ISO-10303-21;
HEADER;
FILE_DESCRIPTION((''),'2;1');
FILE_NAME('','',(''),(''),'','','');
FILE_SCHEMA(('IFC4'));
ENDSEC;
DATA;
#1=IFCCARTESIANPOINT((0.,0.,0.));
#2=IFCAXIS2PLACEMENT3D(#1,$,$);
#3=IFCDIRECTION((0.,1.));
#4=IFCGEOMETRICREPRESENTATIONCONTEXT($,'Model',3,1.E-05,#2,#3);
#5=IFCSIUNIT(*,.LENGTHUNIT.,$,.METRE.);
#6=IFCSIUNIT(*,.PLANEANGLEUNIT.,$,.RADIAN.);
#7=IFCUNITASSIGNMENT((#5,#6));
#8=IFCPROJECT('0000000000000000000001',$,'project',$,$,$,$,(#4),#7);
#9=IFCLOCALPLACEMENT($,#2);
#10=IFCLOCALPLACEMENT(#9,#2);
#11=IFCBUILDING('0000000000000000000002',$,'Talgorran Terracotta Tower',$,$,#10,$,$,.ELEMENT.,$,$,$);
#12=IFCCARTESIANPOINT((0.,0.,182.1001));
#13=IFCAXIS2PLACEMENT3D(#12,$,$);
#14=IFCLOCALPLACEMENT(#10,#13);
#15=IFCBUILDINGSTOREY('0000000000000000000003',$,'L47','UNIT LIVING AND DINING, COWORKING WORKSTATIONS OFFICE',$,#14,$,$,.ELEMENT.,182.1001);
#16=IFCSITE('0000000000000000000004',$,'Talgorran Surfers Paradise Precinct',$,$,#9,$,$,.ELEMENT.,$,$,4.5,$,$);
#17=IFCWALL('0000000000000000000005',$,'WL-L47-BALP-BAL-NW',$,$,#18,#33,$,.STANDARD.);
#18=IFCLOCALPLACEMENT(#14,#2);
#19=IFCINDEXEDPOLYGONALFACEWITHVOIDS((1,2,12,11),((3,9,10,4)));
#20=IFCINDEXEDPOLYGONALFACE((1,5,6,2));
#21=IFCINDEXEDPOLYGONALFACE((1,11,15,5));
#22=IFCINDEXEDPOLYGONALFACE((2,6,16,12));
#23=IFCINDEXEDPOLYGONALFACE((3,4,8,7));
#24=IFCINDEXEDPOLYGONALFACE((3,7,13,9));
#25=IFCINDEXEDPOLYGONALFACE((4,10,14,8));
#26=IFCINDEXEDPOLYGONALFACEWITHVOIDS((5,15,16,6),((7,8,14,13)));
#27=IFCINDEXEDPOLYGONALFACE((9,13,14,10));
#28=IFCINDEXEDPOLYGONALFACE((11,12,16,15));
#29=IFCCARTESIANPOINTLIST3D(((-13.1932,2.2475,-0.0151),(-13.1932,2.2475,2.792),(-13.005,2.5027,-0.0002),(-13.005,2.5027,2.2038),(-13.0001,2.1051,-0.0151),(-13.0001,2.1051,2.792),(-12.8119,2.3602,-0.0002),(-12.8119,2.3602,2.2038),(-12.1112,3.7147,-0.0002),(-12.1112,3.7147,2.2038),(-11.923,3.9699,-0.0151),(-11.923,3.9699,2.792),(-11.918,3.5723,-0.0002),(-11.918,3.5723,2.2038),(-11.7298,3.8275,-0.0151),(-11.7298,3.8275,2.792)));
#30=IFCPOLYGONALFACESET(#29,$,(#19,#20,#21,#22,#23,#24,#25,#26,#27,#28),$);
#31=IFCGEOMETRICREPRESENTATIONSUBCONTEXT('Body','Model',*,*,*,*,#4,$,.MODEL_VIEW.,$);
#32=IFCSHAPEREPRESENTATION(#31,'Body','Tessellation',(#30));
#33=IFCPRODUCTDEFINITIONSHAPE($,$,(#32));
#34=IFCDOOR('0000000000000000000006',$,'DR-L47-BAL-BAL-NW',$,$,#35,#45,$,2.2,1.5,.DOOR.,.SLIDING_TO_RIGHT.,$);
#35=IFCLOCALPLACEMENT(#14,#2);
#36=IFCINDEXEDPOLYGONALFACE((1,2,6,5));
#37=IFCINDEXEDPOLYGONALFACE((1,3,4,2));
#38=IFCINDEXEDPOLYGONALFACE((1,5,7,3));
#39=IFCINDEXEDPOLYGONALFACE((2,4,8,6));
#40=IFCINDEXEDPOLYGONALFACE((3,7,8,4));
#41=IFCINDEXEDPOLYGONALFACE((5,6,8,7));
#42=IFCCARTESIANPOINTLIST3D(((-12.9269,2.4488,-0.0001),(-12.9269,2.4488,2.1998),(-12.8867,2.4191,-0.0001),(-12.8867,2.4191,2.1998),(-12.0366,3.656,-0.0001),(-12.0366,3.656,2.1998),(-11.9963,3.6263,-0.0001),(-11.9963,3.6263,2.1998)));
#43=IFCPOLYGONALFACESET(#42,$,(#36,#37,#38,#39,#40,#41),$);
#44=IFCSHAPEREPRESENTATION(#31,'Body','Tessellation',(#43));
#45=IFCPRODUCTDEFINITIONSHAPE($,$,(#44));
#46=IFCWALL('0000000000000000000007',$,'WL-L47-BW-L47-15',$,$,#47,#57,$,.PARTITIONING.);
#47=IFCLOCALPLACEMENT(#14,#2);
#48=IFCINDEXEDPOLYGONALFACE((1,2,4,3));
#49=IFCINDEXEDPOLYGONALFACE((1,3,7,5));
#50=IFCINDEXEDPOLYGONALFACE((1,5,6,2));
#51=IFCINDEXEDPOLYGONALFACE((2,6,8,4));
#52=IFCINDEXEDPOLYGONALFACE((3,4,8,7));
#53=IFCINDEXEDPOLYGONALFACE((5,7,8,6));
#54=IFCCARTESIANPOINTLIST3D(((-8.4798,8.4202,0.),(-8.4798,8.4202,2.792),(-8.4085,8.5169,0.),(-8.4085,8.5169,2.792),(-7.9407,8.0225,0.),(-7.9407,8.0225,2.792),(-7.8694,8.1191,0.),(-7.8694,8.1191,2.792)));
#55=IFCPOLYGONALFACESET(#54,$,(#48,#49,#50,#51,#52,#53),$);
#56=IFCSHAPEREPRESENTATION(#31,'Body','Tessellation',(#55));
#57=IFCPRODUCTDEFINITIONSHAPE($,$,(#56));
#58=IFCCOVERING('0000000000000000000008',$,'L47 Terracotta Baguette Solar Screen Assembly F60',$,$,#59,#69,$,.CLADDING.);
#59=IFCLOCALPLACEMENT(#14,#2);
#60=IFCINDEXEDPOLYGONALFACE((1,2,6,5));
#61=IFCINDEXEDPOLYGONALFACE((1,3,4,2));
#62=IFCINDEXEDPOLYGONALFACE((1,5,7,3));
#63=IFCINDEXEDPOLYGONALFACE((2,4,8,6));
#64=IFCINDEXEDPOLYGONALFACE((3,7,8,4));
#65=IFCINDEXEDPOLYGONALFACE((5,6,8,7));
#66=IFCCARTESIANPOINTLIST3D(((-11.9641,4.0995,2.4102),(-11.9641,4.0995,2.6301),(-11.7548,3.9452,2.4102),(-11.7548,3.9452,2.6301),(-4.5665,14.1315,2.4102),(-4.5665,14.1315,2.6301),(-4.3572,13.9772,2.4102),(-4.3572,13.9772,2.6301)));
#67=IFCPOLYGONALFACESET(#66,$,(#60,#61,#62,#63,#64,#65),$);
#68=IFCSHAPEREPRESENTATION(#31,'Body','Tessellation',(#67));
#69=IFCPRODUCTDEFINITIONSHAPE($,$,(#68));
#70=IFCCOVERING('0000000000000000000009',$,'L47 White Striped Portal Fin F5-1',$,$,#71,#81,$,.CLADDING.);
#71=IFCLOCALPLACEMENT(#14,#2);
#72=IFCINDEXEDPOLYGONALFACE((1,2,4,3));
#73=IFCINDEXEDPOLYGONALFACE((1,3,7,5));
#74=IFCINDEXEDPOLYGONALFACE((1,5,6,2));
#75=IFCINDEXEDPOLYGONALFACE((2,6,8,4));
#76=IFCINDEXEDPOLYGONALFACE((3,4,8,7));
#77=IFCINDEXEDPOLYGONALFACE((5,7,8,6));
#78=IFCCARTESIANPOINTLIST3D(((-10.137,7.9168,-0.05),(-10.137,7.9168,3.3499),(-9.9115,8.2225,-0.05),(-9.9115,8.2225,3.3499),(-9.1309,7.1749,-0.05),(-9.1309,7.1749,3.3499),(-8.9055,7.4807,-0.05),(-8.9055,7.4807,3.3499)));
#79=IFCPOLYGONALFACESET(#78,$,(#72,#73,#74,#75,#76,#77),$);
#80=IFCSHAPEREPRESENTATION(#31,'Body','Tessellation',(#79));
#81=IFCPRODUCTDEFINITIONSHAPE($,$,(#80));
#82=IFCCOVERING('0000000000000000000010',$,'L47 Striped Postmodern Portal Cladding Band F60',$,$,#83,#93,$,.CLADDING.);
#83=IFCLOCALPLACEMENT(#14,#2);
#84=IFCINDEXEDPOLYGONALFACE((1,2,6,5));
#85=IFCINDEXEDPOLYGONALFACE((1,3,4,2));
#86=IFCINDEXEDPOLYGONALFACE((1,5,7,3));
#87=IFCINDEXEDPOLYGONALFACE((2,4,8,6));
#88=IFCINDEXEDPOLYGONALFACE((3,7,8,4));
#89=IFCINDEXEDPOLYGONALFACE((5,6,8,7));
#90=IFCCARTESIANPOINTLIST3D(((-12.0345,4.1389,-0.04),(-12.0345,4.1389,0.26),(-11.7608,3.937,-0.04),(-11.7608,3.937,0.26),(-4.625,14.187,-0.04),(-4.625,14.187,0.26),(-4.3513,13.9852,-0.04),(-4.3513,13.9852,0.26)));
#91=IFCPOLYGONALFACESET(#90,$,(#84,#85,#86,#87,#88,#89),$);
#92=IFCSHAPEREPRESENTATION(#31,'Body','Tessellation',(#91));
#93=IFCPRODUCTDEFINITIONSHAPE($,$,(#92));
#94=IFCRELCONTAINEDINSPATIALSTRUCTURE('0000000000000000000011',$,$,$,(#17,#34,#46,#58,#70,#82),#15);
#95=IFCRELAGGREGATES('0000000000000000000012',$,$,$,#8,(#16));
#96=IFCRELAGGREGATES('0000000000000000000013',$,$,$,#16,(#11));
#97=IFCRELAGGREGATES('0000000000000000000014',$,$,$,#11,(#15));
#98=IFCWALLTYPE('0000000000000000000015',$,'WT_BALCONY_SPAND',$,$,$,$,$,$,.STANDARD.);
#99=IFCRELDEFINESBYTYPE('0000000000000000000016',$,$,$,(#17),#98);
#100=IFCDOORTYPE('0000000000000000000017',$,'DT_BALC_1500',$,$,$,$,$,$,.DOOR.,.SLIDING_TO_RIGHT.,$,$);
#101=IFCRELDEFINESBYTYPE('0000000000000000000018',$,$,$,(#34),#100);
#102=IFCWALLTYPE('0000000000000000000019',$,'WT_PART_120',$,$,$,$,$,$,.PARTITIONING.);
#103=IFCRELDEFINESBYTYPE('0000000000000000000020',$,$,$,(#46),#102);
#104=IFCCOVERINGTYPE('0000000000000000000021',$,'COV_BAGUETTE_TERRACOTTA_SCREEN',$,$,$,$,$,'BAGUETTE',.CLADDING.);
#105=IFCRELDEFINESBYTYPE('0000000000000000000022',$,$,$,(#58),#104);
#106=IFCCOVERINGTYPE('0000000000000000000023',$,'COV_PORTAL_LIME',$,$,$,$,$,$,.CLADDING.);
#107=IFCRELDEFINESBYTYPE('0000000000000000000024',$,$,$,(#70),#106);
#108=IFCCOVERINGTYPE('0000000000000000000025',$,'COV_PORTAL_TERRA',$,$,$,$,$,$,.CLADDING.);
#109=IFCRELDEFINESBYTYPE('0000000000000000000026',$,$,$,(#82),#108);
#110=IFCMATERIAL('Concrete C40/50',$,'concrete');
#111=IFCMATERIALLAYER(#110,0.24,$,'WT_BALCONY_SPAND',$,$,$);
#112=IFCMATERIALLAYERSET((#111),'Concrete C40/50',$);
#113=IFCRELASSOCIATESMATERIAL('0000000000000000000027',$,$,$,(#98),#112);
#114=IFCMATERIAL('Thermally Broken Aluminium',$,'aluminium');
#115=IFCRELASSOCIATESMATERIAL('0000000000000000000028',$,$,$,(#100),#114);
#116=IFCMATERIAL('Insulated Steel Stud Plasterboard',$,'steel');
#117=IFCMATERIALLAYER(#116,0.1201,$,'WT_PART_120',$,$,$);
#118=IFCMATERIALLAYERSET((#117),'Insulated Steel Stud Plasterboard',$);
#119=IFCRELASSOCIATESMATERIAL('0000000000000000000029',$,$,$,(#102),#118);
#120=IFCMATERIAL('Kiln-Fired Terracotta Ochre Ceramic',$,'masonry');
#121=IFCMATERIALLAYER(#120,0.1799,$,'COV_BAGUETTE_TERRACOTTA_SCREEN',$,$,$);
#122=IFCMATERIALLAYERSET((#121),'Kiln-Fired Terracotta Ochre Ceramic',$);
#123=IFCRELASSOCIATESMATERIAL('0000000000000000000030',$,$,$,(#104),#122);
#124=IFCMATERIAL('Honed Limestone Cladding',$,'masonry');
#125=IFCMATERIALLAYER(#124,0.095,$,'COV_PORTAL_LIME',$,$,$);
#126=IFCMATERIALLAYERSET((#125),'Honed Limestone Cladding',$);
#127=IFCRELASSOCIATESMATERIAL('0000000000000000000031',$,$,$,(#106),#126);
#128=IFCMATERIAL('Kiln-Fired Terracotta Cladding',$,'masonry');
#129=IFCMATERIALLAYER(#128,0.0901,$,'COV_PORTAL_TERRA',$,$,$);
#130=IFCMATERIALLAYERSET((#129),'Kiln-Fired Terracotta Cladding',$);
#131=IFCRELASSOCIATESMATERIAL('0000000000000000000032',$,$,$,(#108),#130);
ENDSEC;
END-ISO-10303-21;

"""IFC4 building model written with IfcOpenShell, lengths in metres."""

from ifc_helpers import new_model, si_unit, direction, frame, frame_2d, origin, origin_2d, place, context, subcontext, project, spatial, rectangle, extrude, material, layer, layer_set, type_object, element, fill, save


model = new_model("IFC4")

# Units and contexts
model_context = context("Model", 3, precision=1e-05, world=origin(), true_north=direction((0.0, 1.0)))
body_context = subcontext(model_context, "Body", "Model", "MODEL_VIEW")
ifc_project = project(units=[si_unit("LENGTHUNIT", "METRE"), si_unit("PLANEANGLEUNIT", "RADIAN")], contexts=[model_context])

# Site, building, storey
site_placement = place(None, origin())
site = spatial("IfcSite", under=ifc_project, at=site_placement, Name="Talgorran Surfers Paradise Precinct", CompositionType="ELEMENT", RefElevation=4.5)
building_placement = place(site_placement, origin())
building = spatial("IfcBuilding", under=site, at=building_placement, Name="Talgorran Terracotta Tower", CompositionType="ELEMENT")
storey_placement = place(building_placement, frame((0.0, 0.0, 182.1001)))
storey = spatial("IfcBuildingStorey", under=building, at=storey_placement, Name="L47", Description="UNIT LIVING AND DINING, COWORKING WORKSTATIONS OFFICE", CompositionType="ELEMENT", Elevation=182.1001)

# Wall, opening, door
ifc_material_1 = material(Name="Concrete C40/50", Category="concrete")
ifc_layer_1 = layer(ifc_material_1, 0.24, Name="WT_BALCONY_SPAND")
ifc_layer_set_1 = layer_set([ifc_layer_1], Name="Concrete C40/50")
wall_type_1 = type_object("IfcWallType", Name="WT_BALCONY_SPAND", PredefinedType="STANDARD", material=ifc_layer_set_1)
wall_1_placement = place(storey_placement, frame((-11.8264, 3.8987, -0.0151), z_axis=(0.0, 0.0, 1.0), x_axis=(-0.593538, -0.804806, 0.0)))
wall_1 = element("IfcWall", 1, at=wall_1_placement, inside=storey, type_object=wall_type_1, Name="WL-L47-BALP-BAL-NW", PredefinedType="STANDARD", context=body_context, shape_type="SweptSolid", body=[
    extrude(rectangle(XDim=2.1401, YDim=0.24, at=frame_2d((1.0701, 0.0))), origin(), (0.0, 0.0, 1.0), 2.8071),
])
opening_placement = place(wall_1_placement, frame((0.3201, 0.0, 0.0149)))
opening = element("IfcOpeningElement", 2, at=opening_placement, cuts=wall_1, PredefinedType="OPENING", context=body_context, shape_type="SweptSolid", body=[
    extrude(rectangle(XDim=1.506, YDim=2.204, at=frame_2d((0.75, 1.1021))), frame((0.0, 0.1299, 0.0), z_axis=(0.0, -1.0, 0.0), x_axis=(1.0, 0.0, 0.0)), (0.0, 0.0, 1.0), 0.26),
])
ifc_material_2 = material(Name="Thermally Broken Aluminium", Category="aluminium")
door_type = type_object("IfcDoorType", Name="DT_BALC_1500", OperationType="SLIDING_TO_RIGHT", PredefinedType="DOOR", material=ifc_material_2)
door_placement = place(opening_placement, origin())
door = element("IfcDoor", 3, at=door_placement, inside=storey, type_object=door_type, Name="DR-L47-BAL-BAL-NW", OperationType="SLIDING_TO_RIGHT", OverallHeight=2.2, OverallWidth=1.5, PredefinedType="DOOR", context=body_context, shape_type="SweptSolid", body=[
    extrude(rectangle(XDim=1.5, YDim=2.2, at=frame_2d((0.75, 1.1001))), frame((0.0, 0.0249, 0.0), z_axis=(0.0, -1.0, 0.0), x_axis=(1.0, 0.0, 0.0)), (0.0, 0.0, 1.0), 0.05),
])
fill(opening, door)

# Wall
ifc_material_3 = material(Name="Insulated Steel Stud Plasterboard", Category="steel")
ifc_layer_2 = layer(ifc_material_3, 0.1201, Name="WT_PART_120")
ifc_layer_set_2 = layer_set([ifc_layer_2], Name="Insulated Steel Stud Plasterboard")
wall_type_2 = type_object("IfcWallType", Name="WT_PART_120", PredefinedType="PARTITIONING", material=ifc_layer_set_2)
wall_2_placement = place(storey_placement, frame((-7.905, 8.0708, 0.0), z_axis=(0.0, 0.0, 1.0), x_axis=(-0.804698, 0.593684, 0.0)))
element("IfcWall", 4, at=wall_2_placement, inside=storey, type_object=wall_type_2, Name="WL-L47-BW-L47-15", PredefinedType="PARTITIONING", context=body_context, shape_type="SweptSolid", body=[
    extrude(rectangle(XDim=0.6699, YDim=0.1201, at=frame_2d((0.335, 0.0))), origin(), (0.0, 0.0, 1.0), 2.792),
])

# Coverings
ifc_material_4 = material(Name="Kiln-Fired Terracotta Ochre Ceramic", Category="masonry")
ifc_layer_3 = layer(ifc_material_4, 0.1799, Name="COV_BAGUETTE_TERRACOTTA_SCREEN")
ifc_layer_set_3 = layer_set([ifc_layer_3], Name="Kiln-Fired Terracotta Ochre Ceramic")
covering_type_1 = type_object("IfcCoveringType", Name="COV_BAGUETTE_TERRACOTTA_SCREEN", ElementType="BAGUETTE", PredefinedType="CLADDING", material=ifc_layer_set_3)
covering_1_placement = place(storey_placement, frame((-8.1606, 9.0383, 2.4102), z_axis=(0.0, 0.0, 1.0), x_axis=(-0.593489, -0.804842, 0.0)))
element("IfcCovering", 5, at=covering_1_placement, inside=storey, type_object=covering_type_1, Name="L47 Terracotta Baguette Solar Screen Assembly F60", PredefinedType="CLADDING", context=body_context, shape_type="SweptSolid", body=[
    extrude(rectangle(XDim=12.4646, YDim=0.26, at=origin_2d()), origin(), (0.0, 0.0, 1.0), 0.22),
])
ifc_material_5 = material(Name="Honed Limestone Cladding", Category="masonry")
ifc_layer_4 = layer(ifc_material_5, 0.095, Name="COV_PORTAL_LIME")
ifc_layer_set_4 = layer_set([ifc_layer_4], Name="Honed Limestone Cladding")
covering_type_2 = type_object("IfcCoveringType", Name="COV_PORTAL_LIME", PredefinedType="CLADDING", material=ifc_layer_set_4)
covering_2_placement = place(storey_placement, frame((-9.5212, 7.6987, -0.05), z_axis=(0.0, 0.0, 1.0), x_axis=(-0.593489, -0.804842, 0.0)))
element("IfcCovering", 6, at=covering_2_placement, inside=storey, type_object=covering_type_2, Name="L47 White Striped Portal Fin F5-1", PredefinedType="CLADDING", context=body_context, shape_type="SweptSolid", body=[
    extrude(rectangle(XDim=0.3799, YDim=1.25, at=origin_2d()), origin(), (0.0, 0.0, 1.0), 3.3999),
])
ifc_material_6 = material(Name="Kiln-Fired Terracotta Cladding", Category="masonry")
ifc_layer_5 = layer(ifc_material_6, 0.0901, Name="COV_PORTAL_TERRA")
ifc_layer_set_5 = layer_set([ifc_layer_5], Name="Kiln-Fired Terracotta Cladding")
covering_type_3 = type_object("IfcCoveringType", Name="COV_PORTAL_TERRA", PredefinedType="CLADDING", material=ifc_layer_set_5)
covering_3_placement = place(storey_placement, frame((-8.1929, 9.062, -0.04), z_axis=(0.0, 0.0, 1.0), x_axis=(-0.593489, -0.804842, 0.0)))
element("IfcCovering", 7, at=covering_3_placement, inside=storey, type_object=covering_type_3, Name="L47 Striped Postmodern Portal Cladding Band F60", PredefinedType="CLADDING", context=body_context, shape_type="SweptSolid", body=[
    extrude(rectangle(XDim=12.4846, YDim=0.3401, at=origin_2d()), origin(), (0.0, 0.0, 1.0), 0.3),
])

save(model, "model.ifc")
